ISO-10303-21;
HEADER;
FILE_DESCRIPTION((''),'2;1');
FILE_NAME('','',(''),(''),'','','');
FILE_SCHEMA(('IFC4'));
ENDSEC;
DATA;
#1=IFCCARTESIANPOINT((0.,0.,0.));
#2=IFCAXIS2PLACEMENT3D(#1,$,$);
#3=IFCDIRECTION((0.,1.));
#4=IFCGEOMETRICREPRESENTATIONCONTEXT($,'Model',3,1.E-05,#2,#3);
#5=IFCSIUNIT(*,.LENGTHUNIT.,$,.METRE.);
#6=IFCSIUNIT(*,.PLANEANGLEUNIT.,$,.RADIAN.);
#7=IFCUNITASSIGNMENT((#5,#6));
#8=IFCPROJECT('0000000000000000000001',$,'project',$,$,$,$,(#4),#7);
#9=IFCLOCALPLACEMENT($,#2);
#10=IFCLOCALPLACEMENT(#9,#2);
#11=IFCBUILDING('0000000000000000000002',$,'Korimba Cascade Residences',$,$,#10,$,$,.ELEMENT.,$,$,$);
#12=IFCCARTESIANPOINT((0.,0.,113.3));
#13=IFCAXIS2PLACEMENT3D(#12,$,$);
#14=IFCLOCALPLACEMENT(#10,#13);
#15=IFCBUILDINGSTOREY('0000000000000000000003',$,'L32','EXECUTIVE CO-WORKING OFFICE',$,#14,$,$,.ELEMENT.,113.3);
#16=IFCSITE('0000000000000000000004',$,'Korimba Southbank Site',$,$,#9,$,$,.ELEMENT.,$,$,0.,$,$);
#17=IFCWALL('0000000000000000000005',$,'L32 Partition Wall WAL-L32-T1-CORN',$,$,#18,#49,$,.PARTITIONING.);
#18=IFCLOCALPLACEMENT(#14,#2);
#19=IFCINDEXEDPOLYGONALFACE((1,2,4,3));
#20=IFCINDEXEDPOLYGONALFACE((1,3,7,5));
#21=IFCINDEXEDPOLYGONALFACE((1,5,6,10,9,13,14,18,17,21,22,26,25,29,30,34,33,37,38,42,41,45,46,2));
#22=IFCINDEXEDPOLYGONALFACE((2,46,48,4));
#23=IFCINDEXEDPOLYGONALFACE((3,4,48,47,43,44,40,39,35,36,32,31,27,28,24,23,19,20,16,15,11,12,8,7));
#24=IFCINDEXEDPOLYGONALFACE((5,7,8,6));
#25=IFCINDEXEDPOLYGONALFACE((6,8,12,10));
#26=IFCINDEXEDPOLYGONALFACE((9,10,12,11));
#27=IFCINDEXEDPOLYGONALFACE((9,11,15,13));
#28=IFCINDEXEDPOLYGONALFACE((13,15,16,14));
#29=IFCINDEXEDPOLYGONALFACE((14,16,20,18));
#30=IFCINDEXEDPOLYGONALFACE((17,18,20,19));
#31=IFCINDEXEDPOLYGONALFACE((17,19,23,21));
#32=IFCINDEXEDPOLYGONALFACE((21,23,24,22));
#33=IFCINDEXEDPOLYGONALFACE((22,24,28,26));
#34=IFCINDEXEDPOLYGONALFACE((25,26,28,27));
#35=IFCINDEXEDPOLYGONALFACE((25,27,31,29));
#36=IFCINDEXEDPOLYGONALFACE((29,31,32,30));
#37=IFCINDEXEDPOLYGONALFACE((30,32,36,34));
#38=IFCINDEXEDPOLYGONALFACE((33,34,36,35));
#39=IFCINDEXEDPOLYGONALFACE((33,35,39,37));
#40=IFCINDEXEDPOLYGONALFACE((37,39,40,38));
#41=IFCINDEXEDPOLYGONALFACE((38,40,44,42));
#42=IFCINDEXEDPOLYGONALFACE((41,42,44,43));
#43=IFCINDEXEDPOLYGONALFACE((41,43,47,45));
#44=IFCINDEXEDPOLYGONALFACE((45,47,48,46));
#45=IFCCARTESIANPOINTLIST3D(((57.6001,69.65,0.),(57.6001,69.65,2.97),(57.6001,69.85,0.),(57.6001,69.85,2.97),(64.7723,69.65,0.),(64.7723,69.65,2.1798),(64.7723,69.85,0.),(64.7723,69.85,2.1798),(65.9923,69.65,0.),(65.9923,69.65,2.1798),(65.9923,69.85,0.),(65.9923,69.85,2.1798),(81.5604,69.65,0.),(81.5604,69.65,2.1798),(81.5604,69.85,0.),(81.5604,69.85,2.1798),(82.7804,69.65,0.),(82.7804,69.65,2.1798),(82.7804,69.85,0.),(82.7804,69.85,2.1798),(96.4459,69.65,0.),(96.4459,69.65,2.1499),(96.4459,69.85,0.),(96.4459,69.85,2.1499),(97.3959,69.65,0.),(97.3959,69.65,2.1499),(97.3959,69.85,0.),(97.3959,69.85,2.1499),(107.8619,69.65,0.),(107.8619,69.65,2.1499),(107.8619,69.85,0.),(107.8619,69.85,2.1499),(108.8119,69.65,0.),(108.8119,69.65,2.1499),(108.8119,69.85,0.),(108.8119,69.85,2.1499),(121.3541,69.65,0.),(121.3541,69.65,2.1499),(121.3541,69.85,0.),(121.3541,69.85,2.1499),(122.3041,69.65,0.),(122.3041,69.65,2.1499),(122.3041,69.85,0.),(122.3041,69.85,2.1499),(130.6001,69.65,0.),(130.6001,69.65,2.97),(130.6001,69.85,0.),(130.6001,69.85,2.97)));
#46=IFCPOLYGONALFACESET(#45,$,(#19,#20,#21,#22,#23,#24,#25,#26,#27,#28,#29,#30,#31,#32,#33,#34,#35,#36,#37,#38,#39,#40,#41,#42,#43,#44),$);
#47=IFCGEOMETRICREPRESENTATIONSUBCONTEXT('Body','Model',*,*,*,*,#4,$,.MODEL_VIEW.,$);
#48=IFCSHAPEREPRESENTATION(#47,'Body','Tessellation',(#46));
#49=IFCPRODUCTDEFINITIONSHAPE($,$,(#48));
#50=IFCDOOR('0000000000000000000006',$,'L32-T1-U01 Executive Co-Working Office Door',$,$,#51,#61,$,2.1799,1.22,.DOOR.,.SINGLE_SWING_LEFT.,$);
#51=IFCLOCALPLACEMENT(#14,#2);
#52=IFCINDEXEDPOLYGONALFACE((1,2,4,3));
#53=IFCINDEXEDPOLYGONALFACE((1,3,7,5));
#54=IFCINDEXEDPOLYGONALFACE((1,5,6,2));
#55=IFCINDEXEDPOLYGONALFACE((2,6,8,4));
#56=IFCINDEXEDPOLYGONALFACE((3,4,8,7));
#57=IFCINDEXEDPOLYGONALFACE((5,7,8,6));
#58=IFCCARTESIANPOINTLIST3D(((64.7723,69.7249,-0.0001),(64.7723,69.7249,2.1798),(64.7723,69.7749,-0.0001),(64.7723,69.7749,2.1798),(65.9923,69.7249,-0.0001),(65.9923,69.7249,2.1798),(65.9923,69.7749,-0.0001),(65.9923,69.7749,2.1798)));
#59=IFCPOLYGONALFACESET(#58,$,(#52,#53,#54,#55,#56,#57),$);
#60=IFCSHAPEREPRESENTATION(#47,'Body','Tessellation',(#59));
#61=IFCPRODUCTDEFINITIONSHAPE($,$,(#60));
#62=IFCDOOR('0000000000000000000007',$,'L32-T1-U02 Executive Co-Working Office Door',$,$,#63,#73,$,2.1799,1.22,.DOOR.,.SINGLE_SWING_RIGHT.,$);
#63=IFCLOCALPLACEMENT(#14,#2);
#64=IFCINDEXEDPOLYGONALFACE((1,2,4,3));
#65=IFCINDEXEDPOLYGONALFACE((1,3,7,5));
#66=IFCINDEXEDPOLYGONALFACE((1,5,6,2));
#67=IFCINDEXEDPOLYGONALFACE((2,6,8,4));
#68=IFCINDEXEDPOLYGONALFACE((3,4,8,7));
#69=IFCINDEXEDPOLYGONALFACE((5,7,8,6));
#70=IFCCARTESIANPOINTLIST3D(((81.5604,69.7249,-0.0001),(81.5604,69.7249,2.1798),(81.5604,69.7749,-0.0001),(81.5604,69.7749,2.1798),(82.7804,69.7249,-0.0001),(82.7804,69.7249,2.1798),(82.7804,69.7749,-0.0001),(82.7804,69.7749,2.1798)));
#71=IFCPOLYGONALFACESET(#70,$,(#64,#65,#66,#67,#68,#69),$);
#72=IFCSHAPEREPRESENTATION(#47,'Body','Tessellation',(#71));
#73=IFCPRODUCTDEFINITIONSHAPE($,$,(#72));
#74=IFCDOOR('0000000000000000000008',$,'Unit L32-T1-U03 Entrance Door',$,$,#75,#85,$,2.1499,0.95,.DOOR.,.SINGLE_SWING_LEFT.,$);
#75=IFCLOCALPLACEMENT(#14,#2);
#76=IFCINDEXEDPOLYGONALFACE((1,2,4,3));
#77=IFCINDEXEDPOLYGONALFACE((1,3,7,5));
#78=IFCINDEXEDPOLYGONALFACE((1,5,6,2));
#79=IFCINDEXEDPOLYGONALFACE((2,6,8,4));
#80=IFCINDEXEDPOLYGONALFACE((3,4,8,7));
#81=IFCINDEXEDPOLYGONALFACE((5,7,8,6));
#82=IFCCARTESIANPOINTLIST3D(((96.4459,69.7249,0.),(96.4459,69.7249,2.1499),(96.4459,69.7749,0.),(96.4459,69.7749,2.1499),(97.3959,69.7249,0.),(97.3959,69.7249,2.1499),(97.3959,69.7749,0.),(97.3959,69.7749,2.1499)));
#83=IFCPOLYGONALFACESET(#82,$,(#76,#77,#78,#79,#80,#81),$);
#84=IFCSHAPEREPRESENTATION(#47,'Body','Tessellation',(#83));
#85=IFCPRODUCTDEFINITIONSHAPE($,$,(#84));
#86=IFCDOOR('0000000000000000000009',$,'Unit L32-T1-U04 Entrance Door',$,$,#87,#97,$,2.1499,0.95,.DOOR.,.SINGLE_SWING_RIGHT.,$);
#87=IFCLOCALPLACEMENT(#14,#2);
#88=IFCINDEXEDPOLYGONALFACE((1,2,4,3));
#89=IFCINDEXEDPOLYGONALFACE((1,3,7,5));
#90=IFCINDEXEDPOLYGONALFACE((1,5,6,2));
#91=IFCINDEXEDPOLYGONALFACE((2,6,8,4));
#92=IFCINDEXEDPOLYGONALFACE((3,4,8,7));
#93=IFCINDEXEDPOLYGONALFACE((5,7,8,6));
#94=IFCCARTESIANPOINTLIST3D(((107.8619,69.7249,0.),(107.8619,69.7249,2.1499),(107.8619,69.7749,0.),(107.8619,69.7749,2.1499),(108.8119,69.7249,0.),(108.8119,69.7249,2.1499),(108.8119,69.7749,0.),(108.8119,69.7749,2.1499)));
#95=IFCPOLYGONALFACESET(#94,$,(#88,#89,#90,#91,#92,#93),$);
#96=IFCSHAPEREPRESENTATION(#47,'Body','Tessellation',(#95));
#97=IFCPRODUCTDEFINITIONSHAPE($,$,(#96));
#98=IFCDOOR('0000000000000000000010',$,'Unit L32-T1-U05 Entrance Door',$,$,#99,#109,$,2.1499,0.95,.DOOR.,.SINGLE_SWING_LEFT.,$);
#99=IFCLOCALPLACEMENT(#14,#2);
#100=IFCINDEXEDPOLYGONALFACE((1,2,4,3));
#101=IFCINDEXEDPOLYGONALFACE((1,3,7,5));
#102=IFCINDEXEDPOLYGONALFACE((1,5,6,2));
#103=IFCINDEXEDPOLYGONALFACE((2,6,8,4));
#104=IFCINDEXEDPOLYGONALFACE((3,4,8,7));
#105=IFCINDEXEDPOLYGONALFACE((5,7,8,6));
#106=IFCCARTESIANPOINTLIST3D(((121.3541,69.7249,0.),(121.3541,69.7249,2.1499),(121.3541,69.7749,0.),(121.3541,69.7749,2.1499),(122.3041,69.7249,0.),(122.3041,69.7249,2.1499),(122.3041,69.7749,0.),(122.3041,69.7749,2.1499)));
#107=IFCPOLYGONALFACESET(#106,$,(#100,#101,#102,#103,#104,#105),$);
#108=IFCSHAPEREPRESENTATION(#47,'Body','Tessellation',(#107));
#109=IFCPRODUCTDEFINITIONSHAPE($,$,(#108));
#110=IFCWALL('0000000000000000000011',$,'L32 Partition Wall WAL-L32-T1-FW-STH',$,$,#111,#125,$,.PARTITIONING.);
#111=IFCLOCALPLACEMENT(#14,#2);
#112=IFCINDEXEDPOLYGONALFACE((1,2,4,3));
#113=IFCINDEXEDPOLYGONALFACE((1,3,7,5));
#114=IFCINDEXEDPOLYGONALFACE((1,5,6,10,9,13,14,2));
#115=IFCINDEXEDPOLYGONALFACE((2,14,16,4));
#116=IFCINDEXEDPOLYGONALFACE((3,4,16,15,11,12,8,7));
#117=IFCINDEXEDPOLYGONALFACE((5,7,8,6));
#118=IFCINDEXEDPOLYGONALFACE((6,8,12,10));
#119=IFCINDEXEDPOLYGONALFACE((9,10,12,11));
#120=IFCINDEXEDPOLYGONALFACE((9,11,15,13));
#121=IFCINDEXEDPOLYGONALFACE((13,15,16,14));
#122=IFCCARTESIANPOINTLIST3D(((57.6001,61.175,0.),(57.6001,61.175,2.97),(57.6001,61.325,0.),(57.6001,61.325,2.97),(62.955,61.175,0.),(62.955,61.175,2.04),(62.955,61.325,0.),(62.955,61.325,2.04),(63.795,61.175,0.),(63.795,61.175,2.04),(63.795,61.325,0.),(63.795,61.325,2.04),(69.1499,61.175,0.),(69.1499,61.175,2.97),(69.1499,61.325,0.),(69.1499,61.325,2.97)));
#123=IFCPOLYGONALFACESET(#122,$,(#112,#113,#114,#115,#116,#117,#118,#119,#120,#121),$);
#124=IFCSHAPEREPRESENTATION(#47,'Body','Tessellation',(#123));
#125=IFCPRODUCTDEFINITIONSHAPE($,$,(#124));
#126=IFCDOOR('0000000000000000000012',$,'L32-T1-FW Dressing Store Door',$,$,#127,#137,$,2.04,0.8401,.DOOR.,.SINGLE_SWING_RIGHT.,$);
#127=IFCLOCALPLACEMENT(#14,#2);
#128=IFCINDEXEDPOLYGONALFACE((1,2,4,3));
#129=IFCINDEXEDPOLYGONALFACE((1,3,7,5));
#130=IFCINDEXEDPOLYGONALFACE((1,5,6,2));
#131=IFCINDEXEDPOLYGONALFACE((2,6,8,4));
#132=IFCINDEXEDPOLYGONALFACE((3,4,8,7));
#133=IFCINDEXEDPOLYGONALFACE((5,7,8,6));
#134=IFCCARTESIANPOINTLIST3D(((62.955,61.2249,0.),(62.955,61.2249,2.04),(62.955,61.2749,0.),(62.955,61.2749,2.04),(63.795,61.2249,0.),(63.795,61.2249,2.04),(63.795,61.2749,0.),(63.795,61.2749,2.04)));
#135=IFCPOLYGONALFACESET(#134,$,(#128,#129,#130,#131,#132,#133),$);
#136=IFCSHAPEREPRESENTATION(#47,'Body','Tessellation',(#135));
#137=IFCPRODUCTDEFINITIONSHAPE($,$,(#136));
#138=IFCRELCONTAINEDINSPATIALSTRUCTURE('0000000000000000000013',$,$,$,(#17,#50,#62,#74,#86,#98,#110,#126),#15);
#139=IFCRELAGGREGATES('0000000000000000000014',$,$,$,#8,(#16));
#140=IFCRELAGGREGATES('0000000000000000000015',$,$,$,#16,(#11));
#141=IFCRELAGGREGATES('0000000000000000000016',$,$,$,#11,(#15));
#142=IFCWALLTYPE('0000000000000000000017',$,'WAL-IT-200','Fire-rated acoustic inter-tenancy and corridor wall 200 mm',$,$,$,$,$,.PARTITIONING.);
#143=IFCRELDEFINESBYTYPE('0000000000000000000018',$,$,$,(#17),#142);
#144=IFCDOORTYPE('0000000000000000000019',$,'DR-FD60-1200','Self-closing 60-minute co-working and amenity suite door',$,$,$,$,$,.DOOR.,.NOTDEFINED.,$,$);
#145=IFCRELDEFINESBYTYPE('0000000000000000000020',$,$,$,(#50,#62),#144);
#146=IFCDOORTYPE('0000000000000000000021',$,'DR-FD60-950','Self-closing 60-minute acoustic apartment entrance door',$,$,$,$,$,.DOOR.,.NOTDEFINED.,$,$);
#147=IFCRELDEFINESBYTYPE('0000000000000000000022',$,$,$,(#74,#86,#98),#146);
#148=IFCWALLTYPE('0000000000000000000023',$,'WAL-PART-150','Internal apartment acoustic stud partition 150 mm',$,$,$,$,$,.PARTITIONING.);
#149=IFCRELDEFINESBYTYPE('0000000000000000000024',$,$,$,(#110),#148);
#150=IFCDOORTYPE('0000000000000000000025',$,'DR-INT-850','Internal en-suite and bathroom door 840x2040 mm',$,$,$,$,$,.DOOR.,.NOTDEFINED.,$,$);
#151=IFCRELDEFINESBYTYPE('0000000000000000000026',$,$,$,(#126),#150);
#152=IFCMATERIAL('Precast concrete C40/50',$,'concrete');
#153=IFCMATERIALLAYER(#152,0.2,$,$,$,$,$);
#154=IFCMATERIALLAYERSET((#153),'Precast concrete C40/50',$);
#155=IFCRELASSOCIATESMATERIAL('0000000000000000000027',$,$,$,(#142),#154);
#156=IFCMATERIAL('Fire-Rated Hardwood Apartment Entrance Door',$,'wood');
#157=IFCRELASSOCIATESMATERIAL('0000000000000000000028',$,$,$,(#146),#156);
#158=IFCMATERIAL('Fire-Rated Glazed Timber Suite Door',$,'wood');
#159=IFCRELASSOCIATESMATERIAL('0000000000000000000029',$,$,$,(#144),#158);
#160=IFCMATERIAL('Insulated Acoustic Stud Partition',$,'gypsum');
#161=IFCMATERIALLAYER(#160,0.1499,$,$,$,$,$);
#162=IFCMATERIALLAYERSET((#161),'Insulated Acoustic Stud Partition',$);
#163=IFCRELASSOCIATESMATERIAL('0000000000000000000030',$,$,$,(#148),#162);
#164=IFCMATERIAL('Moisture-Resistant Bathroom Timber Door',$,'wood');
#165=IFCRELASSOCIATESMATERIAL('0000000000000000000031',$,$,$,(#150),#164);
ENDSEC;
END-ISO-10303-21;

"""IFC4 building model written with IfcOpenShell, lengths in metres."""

from ifc_helpers import new_model, si_unit, direction, frame, frame_2d, origin, place, context, subcontext, project, spatial, rectangle, extrude, material, layer, layer_set, type_object, element, fill, save


model = new_model("IFC4")

# Units and contexts
model_context = context("Model", 3, precision=1e-05, world=origin(), true_north=direction((0.0, 1.0)))
body_context = subcontext(model_context, "Body", "Model", "MODEL_VIEW")
ifc_project = project(units=[si_unit("LENGTHUNIT", "METRE"), si_unit("PLANEANGLEUNIT", "RADIAN")], contexts=[model_context])

# Site, building, storey
site_placement = place(None, origin())
site = spatial("IfcSite", under=ifc_project, at=site_placement, Name="Korimba Southbank Site", CompositionType="ELEMENT", RefElevation=0.0)
building_placement = place(site_placement, origin())
building = spatial("IfcBuilding", under=site, at=building_placement, Name="Korimba Cascade Residences", CompositionType="ELEMENT")
storey_placement = place(building_placement, frame((0.0, 0.0, 113.3)))
storey = spatial("IfcBuildingStorey", under=building, at=storey_placement, Name="L32", Description="EXECUTIVE CO-WORKING OFFICE", CompositionType="ELEMENT", Elevation=113.3)

# Shared definitions
ifc_material_1 = material(Name="Precast concrete C40/50", Category="concrete")
ifc_layer_1 = layer(ifc_material_1, 0.2)
ifc_layer_set_1 = layer_set([ifc_layer_1], Name="Precast concrete C40/50")
wall_type_1 = type_object("IfcWallType", Name="WAL-IT-200", Description="Fire-rated acoustic inter-tenancy and corridor wall 200 mm", PredefinedType="PARTITIONING", material=ifc_layer_set_1)
ifc_material_2 = material(Name="Fire-Rated Hardwood Apartment Entrance Door", Category="wood")
door_type_1 = type_object("IfcDoorType", Name="DR-FD60-950", Description="Self-closing 60-minute acoustic apartment entrance door", OperationType="NOTDEFINED", PredefinedType="DOOR", material=ifc_material_2)

# Wall, openings, doors
wall_1_placement = place(storey_placement, frame((57.6001, 69.75, 0.0), z_axis=(0.0, 0.0, 1.0), x_axis=(1.0, 0.0, 0.0)))
wall_1 = element("IfcWall", 1, at=wall_1_placement, inside=storey, type_object=wall_type_1, Name="L32 Partition Wall WAL-L32-T1-CORN", PredefinedType="PARTITIONING", context=body_context, shape_type="SweptSolid", body=[
    extrude(rectangle(XDim=73.0, YDim=0.2, at=frame_2d((36.5, 0.0))), origin(), (0.0, 0.0, 1.0), 2.97),
])
opening_1_placement = place(wall_1_placement, frame((7.1724, 0.0, 0.0)))
opening_1 = element("IfcOpeningElement", 2, at=opening_1_placement, cuts=wall_1, PredefinedType="OPENING", context=body_context, shape_type="SweptSolid", body=[
    extrude(rectangle(XDim=1.22, YDim=2.1799, at=frame_2d((0.6099, 1.0898))), frame((0.0, 0.1099, 0.0), z_axis=(0.0, -1.0, 0.0), x_axis=(1.0, 0.0, 0.0)), (0.0, 0.0, 1.0), 0.22),
])
opening_2_placement = place(wall_1_placement, frame((23.9604, 0.0, 0.0)))
opening_2 = element("IfcOpeningElement", 3, at=opening_2_placement, cuts=wall_1, PredefinedType="OPENING", context=body_context, shape_type="SweptSolid", body=[
    extrude(rectangle(XDim=1.22, YDim=2.1799, at=frame_2d((0.6099, 1.0898))), frame((0.0, 0.1099, 0.0), z_axis=(0.0, -1.0, 0.0), x_axis=(1.0, 0.0, 0.0)), (0.0, 0.0, 1.0), 0.22),
])
opening_3_placement = place(wall_1_placement, frame((38.8457, 0.0, 0.0)))
opening_3 = element("IfcOpeningElement", 4, at=opening_3_placement, cuts=wall_1, PredefinedType="OPENING", context=body_context, shape_type="SweptSolid", body=[
    extrude(rectangle(XDim=0.95, YDim=2.1499, at=frame_2d((0.4751, 1.075))), frame((0.0, 0.1099, 0.0), z_axis=(0.0, -1.0, 0.0), x_axis=(1.0, 0.0, 0.0)), (0.0, 0.0, 1.0), 0.22),
])
opening_4_placement = place(wall_1_placement, frame((50.2617, 0.0, 0.0)))
opening_4 = element("IfcOpeningElement", 5, at=opening_4_placement, cuts=wall_1, PredefinedType="OPENING", context=body_context, shape_type="SweptSolid", body=[
    extrude(rectangle(XDim=0.95, YDim=2.1499, at=frame_2d((0.4751, 1.075))), frame((0.0, 0.1099, 0.0), z_axis=(0.0, -1.0, 0.0), x_axis=(1.0, 0.0, 0.0)), (0.0, 0.0, 1.0), 0.22),
])
opening_5_placement = place(wall_1_placement, frame((63.7539, 0.0, 0.0)))
opening_5 = element("IfcOpeningElement", 6, at=opening_5_placement, cuts=wall_1, PredefinedType="OPENING", context=body_context, shape_type="SweptSolid", body=[
    extrude(rectangle(XDim=0.95, YDim=2.1499, at=frame_2d((0.4751, 1.075))), frame((0.0, 0.1099, 0.0), z_axis=(0.0, -1.0, 0.0), x_axis=(1.0, 0.0, 0.0)), (0.0, 0.0, 1.0), 0.22),
])
ifc_material_3 = material(Name="Fire-Rated Glazed Timber Suite Door", Category="wood")
door_type_2 = type_object("IfcDoorType", Name="DR-FD60-1200", Description="Self-closing 60-minute co-working and amenity suite door", OperationType="NOTDEFINED", PredefinedType="DOOR", material=ifc_material_3)
door_1_placement = place(opening_1_placement, origin())
door_1 = element("IfcDoor", 7, at=door_1_placement, inside=storey, type_object=door_type_2, Name="L32-T1-U01 Executive Co-Working Office Door", OperationType="SINGLE_SWING_LEFT", OverallHeight=2.1799, OverallWidth=1.22, PredefinedType="DOOR", context=body_context, shape_type="SweptSolid", body=[
    extrude(rectangle(XDim=1.22, YDim=2.1799, at=frame_2d((0.6099, 1.0898))), frame((0.0, 0.0249, 0.0), z_axis=(0.0, -1.0, 0.0), x_axis=(1.0, 0.0, 0.0)), (0.0, 0.0, 1.0), 0.05),
])
fill(opening_1, door_1)
door_2_placement = place(opening_2_placement, origin())
door_2 = element("IfcDoor", 8, at=door_2_placement, inside=storey, type_object=door_type_2, Name="L32-T1-U02 Executive Co-Working Office Door", OperationType="SINGLE_SWING_RIGHT", OverallHeight=2.1799, OverallWidth=1.22, PredefinedType="DOOR", context=body_context, shape_type="SweptSolid", body=[
    extrude(rectangle(XDim=1.22, YDim=2.1799, at=frame_2d((0.6099, 1.0898))), frame((0.0, 0.0249, 0.0), z_axis=(0.0, -1.0, 0.0), x_axis=(1.0, 0.0, 0.0)), (0.0, 0.0, 1.0), 0.05),
])
fill(opening_2, door_2)
door_3_placement = place(opening_3_placement, origin())
door_3 = element("IfcDoor", 9, at=door_3_placement, inside=storey, type_object=door_type_1, Name="Unit L32-T1-U03 Entrance Door", OperationType="SINGLE_SWING_LEFT", OverallHeight=2.1499, OverallWidth=0.95, PredefinedType="DOOR", context=body_context, shape_type="SweptSolid", body=[
    extrude(rectangle(XDim=0.95, YDim=2.1499, at=frame_2d((0.4751, 1.075))), frame((0.0, 0.0249, 0.0), z_axis=(0.0, -1.0, 0.0), x_axis=(1.0, 0.0, 0.0)), (0.0, 0.0, 1.0), 0.05),
])
fill(opening_3, door_3)
door_4_placement = place(opening_4_placement, origin())
door_4 = element("IfcDoor", 10, at=door_4_placement, inside=storey, type_object=door_type_1, Name="Unit L32-T1-U04 Entrance Door", OperationType="SINGLE_SWING_RIGHT", OverallHeight=2.1499, OverallWidth=0.95, PredefinedType="DOOR", context=body_context, shape_type="SweptSolid", body=[
    extrude(rectangle(XDim=0.95, YDim=2.1499, at=frame_2d((0.4751, 1.075))), frame((0.0, 0.0249, 0.0), z_axis=(0.0, -1.0, 0.0), x_axis=(1.0, 0.0, 0.0)), (0.0, 0.0, 1.0), 0.05),
])
fill(opening_4, door_4)
door_5_placement = place(opening_5_placement, origin())
door_5 = element("IfcDoor", 11, at=door_5_placement, inside=storey, type_object=door_type_1, Name="Unit L32-T1-U05 Entrance Door", OperationType="SINGLE_SWING_LEFT", OverallHeight=2.1499, OverallWidth=0.95, PredefinedType="DOOR", context=body_context, shape_type="SweptSolid", body=[
    extrude(rectangle(XDim=0.95, YDim=2.1499, at=frame_2d((0.4751, 1.075))), frame((0.0, 0.0249, 0.0), z_axis=(0.0, -1.0, 0.0), x_axis=(1.0, 0.0, 0.0)), (0.0, 0.0, 1.0), 0.05),
])
fill(opening_5, door_5)

# Wall, opening, door
ifc_material_4 = material(Name="Insulated Acoustic Stud Partition", Category="gypsum")
ifc_layer_2 = layer(ifc_material_4, 0.1499)
ifc_layer_set_2 = layer_set([ifc_layer_2], Name="Insulated Acoustic Stud Partition")
wall_type_2 = type_object("IfcWallType", Name="WAL-PART-150", Description="Internal apartment acoustic stud partition 150 mm", PredefinedType="PARTITIONING", material=ifc_layer_set_2)
wall_2_placement = place(storey_placement, frame((57.6001, 61.25, 0.0), z_axis=(0.0, 0.0, 1.0), x_axis=(1.0, 0.0, 0.0)))
wall_2 = element("IfcWall", 12, at=wall_2_placement, inside=storey, type_object=wall_type_2, Name="L32 Partition Wall WAL-L32-T1-FW-STH", PredefinedType="PARTITIONING", context=body_context, shape_type="SweptSolid", body=[
    extrude(rectangle(XDim=11.5498, YDim=0.1499, at=frame_2d((5.7749, 0.0))), origin(), (0.0, 0.0, 1.0), 2.97),
])
opening_6_placement = place(wall_2_placement, frame((5.355, 0.0, 0.0)))
opening_6 = element("IfcOpeningElement", 13, at=opening_6_placement, cuts=wall_2, PredefinedType="OPENING", context=body_context, shape_type="SweptSolid", body=[
    extrude(rectangle(XDim=0.8401, YDim=2.04, at=frame_2d((0.4199, 1.02))), frame((0.0, 0.085, 0.0), z_axis=(0.0, -1.0, 0.0), x_axis=(1.0, 0.0, 0.0)), (0.0, 0.0, 1.0), 0.1699),
])
ifc_material_5 = material(Name="Moisture-Resistant Bathroom Timber Door", Category="wood")
door_type_3 = type_object("IfcDoorType", Name="DR-INT-850", Description="Internal en-suite and bathroom door 840x2040 mm", OperationType="NOTDEFINED", PredefinedType="DOOR", material=ifc_material_5)
door_6_placement = place(opening_6_placement, origin())
door_6 = element("IfcDoor", 14, at=door_6_placement, inside=storey, type_object=door_type_3, Name="L32-T1-FW Dressing Store Door", OperationType="SINGLE_SWING_RIGHT", OverallHeight=2.04, OverallWidth=0.8401, PredefinedType="DOOR", context=body_context, shape_type="SweptSolid", body=[
    extrude(rectangle(XDim=0.8401, YDim=2.04, at=frame_2d((0.4199, 1.02))), frame((0.0, 0.0249, 0.0), z_axis=(0.0, -1.0, 0.0), x_axis=(1.0, 0.0, 0.0)), (0.0, 0.0, 1.0), 0.05),
])
fill(opening_6, door_6)

save(model, "model.ifc")
